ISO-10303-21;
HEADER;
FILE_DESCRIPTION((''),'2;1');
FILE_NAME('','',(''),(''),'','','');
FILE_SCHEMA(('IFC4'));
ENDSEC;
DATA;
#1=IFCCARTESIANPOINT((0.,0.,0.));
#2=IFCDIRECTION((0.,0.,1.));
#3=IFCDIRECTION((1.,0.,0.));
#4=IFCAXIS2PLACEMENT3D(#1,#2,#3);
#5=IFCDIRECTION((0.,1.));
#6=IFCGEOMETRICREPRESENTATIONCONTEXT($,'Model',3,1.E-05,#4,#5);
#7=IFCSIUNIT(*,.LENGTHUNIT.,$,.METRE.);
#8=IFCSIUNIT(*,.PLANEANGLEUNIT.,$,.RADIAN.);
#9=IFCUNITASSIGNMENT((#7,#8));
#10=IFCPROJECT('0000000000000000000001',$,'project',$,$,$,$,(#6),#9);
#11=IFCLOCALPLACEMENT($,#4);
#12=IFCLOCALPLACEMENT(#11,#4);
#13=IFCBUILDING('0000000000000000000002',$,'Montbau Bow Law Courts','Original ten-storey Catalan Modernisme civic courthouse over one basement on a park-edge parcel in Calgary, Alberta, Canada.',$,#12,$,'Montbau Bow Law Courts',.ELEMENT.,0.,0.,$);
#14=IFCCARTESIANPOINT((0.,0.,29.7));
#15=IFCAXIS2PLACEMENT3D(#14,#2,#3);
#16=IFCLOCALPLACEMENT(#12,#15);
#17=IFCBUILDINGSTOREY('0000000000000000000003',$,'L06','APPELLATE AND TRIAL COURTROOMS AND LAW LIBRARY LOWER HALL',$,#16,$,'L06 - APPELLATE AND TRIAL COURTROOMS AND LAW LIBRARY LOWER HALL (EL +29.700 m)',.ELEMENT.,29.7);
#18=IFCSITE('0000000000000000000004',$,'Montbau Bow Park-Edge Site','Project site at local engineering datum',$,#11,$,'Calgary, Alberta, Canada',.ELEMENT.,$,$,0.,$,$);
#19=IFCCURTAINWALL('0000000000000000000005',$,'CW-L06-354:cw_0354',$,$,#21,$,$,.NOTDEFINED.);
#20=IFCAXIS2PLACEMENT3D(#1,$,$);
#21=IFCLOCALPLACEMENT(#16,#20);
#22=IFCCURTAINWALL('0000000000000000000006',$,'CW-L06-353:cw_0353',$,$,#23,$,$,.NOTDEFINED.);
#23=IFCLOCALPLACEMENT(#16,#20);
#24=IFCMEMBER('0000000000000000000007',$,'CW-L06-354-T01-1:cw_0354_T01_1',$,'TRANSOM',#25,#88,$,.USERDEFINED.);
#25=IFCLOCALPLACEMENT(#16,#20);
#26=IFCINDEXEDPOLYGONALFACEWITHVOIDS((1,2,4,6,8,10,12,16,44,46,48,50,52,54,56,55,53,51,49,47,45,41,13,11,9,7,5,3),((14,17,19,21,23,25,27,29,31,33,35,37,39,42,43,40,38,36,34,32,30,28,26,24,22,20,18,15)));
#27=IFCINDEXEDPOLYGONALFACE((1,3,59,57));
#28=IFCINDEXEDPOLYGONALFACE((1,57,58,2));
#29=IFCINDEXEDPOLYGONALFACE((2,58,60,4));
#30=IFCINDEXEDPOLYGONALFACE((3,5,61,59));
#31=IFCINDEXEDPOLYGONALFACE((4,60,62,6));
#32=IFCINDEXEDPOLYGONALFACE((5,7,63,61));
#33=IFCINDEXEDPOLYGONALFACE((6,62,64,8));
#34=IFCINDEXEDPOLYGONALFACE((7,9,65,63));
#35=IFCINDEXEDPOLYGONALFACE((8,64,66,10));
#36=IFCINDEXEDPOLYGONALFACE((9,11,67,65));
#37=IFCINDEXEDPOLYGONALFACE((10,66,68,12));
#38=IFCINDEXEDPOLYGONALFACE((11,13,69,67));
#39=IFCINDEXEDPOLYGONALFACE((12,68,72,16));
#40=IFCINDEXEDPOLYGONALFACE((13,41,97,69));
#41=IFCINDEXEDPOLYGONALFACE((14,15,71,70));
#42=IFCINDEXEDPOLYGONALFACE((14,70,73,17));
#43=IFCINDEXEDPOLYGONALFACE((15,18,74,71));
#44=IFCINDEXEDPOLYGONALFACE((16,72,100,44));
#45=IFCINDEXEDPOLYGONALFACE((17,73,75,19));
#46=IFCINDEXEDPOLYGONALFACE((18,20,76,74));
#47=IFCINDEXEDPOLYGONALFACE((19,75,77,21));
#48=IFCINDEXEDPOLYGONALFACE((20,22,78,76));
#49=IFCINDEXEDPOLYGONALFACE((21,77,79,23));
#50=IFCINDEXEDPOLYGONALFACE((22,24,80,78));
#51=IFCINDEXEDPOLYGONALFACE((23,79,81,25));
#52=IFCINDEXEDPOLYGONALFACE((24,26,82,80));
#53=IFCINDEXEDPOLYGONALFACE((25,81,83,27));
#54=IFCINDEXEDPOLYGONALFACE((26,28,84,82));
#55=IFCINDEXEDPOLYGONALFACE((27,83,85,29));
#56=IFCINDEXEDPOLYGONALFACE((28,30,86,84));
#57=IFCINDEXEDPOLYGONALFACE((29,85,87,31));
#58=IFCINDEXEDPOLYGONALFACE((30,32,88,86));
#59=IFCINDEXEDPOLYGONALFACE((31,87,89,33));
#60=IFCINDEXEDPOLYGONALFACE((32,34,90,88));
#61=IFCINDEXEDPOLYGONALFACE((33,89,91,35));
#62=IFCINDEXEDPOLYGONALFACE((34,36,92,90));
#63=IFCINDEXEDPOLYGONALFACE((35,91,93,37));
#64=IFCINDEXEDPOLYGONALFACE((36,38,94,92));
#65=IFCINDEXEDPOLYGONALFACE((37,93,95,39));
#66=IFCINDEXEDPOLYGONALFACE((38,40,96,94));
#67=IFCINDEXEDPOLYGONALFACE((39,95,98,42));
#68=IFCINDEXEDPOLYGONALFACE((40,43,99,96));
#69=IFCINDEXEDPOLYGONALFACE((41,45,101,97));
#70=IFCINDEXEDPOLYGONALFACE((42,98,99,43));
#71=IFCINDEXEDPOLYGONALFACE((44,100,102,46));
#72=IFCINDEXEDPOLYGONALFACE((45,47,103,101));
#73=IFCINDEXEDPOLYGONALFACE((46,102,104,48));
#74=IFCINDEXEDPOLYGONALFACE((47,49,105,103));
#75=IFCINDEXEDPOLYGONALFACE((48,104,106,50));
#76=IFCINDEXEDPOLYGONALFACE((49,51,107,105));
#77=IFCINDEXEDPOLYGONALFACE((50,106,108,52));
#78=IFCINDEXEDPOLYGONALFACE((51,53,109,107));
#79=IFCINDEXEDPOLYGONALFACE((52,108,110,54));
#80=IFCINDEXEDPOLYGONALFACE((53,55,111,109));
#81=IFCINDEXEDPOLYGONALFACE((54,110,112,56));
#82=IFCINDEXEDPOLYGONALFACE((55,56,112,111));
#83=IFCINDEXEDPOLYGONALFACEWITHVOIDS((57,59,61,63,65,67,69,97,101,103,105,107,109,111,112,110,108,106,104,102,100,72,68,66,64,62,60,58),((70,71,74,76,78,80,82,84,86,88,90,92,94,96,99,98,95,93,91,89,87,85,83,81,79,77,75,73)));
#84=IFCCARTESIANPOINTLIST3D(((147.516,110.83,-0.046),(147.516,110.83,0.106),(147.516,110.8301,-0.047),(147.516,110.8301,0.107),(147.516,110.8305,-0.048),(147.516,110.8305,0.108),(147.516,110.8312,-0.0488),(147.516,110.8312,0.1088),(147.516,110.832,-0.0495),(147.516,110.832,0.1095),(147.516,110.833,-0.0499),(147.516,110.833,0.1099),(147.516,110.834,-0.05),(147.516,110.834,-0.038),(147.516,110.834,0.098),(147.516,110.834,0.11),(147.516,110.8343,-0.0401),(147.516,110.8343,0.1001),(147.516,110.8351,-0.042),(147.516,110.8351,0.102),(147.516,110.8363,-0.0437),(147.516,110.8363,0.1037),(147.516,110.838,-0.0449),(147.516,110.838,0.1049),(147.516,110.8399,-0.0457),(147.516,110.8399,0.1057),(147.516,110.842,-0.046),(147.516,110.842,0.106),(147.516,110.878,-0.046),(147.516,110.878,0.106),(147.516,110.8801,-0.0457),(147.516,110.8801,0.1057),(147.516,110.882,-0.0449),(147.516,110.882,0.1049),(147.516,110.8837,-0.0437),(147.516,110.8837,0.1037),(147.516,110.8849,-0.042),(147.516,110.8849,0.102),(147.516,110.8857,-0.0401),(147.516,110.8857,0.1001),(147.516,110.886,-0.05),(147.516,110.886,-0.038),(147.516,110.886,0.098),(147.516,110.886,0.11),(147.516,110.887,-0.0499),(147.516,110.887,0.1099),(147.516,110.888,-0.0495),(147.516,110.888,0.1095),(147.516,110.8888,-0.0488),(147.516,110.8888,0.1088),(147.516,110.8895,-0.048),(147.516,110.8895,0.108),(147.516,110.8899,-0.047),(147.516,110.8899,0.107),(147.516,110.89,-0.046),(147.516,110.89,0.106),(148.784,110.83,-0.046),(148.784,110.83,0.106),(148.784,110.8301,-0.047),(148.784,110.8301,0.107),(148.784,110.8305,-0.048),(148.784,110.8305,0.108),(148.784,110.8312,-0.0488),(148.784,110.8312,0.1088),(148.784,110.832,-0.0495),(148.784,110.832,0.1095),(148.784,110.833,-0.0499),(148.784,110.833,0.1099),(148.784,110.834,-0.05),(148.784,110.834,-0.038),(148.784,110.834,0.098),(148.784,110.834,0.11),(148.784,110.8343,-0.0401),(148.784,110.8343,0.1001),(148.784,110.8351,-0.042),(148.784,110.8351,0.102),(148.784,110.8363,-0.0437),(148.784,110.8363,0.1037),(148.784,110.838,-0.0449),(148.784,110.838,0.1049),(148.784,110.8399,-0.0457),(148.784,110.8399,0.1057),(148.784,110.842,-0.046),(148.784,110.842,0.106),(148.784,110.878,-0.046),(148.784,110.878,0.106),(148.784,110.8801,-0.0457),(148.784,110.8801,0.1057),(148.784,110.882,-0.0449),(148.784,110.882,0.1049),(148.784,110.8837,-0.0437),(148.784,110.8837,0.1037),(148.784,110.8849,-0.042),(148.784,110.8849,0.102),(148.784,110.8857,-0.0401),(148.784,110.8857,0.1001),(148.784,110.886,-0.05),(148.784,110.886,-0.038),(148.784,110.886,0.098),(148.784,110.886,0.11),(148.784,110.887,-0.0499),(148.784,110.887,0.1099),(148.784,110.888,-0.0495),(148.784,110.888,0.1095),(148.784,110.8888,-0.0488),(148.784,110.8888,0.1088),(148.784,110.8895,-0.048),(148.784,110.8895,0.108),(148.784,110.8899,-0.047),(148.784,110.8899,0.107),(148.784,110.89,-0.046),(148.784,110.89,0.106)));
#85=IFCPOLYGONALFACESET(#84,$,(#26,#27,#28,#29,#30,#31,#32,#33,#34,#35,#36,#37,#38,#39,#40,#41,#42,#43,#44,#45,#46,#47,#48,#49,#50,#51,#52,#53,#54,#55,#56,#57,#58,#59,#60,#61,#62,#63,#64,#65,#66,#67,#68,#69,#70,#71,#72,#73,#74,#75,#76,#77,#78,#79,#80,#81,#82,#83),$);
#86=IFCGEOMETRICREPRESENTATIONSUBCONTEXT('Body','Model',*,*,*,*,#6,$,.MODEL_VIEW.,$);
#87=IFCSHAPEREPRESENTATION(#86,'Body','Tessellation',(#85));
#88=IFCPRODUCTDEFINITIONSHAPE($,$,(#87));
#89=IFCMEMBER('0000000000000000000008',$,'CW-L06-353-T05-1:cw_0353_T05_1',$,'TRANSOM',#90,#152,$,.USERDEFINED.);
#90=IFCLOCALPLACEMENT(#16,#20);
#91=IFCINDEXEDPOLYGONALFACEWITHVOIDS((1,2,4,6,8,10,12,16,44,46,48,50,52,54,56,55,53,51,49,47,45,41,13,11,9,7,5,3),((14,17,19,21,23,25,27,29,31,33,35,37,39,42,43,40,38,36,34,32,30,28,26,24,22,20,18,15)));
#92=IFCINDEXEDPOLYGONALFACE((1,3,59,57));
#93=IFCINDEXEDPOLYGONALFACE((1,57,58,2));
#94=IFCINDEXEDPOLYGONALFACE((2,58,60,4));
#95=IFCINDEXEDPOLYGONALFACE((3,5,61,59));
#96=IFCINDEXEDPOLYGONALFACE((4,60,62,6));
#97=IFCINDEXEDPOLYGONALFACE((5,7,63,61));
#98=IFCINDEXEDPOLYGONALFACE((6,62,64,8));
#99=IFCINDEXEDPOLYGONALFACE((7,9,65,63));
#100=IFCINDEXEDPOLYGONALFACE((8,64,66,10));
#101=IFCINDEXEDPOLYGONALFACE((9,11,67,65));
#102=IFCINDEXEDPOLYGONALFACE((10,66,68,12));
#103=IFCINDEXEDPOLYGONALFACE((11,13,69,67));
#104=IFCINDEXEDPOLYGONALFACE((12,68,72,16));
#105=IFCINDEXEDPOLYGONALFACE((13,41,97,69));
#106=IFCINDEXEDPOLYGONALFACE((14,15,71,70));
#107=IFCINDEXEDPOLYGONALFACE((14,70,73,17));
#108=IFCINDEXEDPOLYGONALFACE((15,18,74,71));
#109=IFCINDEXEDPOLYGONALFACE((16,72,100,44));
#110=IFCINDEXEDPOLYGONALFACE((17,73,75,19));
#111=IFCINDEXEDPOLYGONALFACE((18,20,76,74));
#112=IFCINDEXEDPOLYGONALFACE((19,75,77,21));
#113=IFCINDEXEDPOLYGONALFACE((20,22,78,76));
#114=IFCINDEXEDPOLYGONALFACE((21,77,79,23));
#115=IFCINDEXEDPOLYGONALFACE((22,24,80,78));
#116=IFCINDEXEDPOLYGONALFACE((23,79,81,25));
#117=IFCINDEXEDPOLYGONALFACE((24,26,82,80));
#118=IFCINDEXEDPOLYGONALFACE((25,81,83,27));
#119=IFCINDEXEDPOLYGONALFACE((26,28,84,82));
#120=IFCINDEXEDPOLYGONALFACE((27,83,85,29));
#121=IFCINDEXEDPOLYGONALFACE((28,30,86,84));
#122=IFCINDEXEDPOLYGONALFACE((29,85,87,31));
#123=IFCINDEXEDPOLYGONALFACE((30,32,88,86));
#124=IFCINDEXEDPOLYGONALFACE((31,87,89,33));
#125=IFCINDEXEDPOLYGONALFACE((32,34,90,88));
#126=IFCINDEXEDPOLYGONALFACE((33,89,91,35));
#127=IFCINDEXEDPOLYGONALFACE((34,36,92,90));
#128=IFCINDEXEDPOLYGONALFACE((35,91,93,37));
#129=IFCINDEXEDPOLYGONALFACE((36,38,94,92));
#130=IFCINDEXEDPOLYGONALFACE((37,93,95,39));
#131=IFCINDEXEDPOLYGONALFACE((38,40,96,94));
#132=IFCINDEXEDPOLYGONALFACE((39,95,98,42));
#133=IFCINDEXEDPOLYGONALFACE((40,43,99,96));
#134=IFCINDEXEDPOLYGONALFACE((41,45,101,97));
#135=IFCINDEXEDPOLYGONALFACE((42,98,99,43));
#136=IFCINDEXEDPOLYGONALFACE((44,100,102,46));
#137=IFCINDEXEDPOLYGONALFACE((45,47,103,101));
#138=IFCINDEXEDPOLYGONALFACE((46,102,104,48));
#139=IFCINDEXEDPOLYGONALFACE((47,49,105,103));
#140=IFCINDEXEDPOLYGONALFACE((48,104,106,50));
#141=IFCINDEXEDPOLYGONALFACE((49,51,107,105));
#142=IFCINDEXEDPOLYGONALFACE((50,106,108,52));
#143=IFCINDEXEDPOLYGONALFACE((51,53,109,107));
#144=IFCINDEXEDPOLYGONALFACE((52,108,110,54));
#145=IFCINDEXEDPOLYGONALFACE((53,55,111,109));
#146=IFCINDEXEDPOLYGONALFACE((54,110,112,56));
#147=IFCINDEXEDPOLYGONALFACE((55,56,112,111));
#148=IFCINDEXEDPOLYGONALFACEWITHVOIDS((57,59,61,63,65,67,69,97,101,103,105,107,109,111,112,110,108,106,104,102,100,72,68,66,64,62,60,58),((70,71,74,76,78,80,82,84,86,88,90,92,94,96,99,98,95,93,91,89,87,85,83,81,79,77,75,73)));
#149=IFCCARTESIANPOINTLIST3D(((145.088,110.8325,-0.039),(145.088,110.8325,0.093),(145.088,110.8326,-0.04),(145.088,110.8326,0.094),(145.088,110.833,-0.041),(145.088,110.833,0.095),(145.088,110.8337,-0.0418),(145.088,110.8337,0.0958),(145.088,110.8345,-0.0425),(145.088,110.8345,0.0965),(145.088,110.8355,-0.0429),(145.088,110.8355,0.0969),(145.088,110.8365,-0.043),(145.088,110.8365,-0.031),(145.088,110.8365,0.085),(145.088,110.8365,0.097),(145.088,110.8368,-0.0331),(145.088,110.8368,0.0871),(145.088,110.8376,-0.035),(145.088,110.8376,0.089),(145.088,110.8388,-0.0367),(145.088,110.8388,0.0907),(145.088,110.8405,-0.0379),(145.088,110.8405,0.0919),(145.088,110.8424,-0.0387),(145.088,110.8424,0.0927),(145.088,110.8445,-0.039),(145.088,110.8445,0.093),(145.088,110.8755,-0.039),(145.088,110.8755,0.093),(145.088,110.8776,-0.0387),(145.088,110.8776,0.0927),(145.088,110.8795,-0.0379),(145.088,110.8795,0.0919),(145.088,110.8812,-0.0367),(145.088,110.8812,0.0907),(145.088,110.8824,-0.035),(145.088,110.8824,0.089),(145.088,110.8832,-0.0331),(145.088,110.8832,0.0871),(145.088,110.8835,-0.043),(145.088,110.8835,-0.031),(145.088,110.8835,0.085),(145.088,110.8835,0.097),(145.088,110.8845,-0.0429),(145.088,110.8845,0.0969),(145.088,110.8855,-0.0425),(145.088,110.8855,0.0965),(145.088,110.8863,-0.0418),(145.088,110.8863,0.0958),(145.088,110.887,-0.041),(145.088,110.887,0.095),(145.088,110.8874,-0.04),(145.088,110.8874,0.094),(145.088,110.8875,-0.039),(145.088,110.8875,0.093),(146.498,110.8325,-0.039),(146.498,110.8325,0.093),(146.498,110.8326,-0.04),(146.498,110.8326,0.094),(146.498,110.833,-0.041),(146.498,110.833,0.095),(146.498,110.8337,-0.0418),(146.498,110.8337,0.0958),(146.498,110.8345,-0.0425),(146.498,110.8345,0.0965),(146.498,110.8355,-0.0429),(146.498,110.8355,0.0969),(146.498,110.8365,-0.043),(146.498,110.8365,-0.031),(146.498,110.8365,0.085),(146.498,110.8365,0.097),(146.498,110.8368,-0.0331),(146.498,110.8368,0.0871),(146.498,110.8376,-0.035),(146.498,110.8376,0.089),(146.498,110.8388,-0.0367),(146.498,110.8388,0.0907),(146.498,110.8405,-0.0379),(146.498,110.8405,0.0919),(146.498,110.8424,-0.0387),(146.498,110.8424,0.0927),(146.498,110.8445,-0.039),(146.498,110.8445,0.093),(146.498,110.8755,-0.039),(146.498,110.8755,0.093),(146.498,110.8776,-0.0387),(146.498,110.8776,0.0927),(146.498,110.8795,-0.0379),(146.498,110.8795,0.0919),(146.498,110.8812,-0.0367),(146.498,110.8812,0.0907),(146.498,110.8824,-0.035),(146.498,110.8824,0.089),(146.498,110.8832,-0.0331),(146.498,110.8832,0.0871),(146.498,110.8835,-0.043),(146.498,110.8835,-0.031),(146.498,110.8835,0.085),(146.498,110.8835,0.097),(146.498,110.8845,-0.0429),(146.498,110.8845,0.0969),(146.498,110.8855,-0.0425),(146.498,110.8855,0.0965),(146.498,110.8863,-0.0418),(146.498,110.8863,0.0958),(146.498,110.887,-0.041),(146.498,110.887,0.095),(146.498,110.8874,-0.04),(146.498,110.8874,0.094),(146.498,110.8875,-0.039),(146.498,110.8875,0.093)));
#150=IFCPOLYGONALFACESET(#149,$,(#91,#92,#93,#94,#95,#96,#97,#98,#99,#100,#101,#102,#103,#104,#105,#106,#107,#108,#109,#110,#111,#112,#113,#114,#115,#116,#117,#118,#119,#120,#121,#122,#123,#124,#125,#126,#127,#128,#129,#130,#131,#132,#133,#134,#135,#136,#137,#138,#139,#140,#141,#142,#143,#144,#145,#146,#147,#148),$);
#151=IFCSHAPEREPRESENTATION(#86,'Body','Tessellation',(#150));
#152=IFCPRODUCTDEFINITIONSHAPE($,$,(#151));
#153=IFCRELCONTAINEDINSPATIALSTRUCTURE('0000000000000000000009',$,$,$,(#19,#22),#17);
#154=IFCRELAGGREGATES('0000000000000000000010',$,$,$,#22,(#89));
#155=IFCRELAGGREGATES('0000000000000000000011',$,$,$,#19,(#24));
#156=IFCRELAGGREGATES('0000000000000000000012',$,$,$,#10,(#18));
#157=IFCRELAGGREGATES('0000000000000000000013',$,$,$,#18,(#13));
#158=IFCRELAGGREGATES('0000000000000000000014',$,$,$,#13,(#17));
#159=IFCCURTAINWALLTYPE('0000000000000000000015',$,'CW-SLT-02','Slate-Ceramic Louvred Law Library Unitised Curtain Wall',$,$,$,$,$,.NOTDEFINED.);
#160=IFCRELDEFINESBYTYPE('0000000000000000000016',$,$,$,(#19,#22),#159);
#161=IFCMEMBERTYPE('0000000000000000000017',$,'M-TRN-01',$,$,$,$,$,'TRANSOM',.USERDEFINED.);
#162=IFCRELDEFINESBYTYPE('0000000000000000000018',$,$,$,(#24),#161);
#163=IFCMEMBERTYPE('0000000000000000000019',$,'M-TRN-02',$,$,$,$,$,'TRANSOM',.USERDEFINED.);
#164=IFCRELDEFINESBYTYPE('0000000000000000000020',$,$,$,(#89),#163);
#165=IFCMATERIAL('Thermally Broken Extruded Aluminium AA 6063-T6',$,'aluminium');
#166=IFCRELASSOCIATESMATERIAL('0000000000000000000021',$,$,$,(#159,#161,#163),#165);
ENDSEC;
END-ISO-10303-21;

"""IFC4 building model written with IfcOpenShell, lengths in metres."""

from ifc_helpers import new_model, si_unit, direction, frame, origin_with_axes, origin_2d_with_axis, place, context, subcontext, project, spatial, hollow_rectangle, extrude, material, material_profile, profile_set, type_object, element, aggregate, save


model = new_model("IFC4")

# Units and contexts
model_context = context("Model", 3, precision=1e-05, world=origin_with_axes(), true_north=direction((0.0, 1.0)))
body_context = subcontext(model_context, "Body", "Model", "MODEL_VIEW")
ifc_project = project(units=[si_unit("LENGTHUNIT", "METRE"), si_unit("PLANEANGLEUNIT", "RADIAN")], contexts=[model_context])

# Site, building, storey
site_placement = place(None, origin_with_axes())
site = spatial("IfcSite", under=ifc_project, at=site_placement, Name="Montbau Bow Park-Edge Site", Description="Project site at local engineering datum", LongName="Calgary, Alberta, Canada", CompositionType="ELEMENT", RefElevation=0.0)
building_placement = place(site_placement, origin_with_axes())
building = spatial("IfcBuilding", under=site, at=building_placement, Name="Montbau Bow Law Courts", Description="Original ten-storey Catalan Modernisme civic courthouse over one basement on a park-edge parcel in Calgary, Alberta, Canada.", LongName="Montbau Bow Law Courts", CompositionType="ELEMENT", ElevationOfRefHeight=0.0, ElevationOfTerrain=0.0)
storey_placement = place(building_placement, frame((0.0, 0.0, 29.7), z_axis=(0.0, 0.0, 1.0), x_axis=(1.0, 0.0, 0.0)))
storey = spatial("IfcBuildingStorey", under=building, at=storey_placement, Name="L06", Description="APPELLATE AND TRIAL COURTROOMS AND LAW LIBRARY LOWER HALL", LongName="L06 - APPELLATE AND TRIAL COURTROOMS AND LAW LIBRARY LOWER HALL (EL +29.700 m)", CompositionType="ELEMENT", Elevation=29.7)

# Curtain walls
ifc_material_1 = material(Name="Thermally Broken Extruded Aluminium AA 6063-T6", Category="aluminium")
curtain_wall_type = type_object("IfcCurtainWallType", Name="CW-SLT-02", Description="Slate-Ceramic Louvred Law Library Unitised Curtain Wall", PredefinedType="NOTDEFINED", material=ifc_material_1)
curtain_wall_1_placement = place(None, frame((147.44, 110.86, 29.7), z_axis=(0.0, 0.0, 1.0), x_axis=(1.0, 0.0, 0.0)))
curtain_wall_1 = element("IfcCurtainWall", 1, at=curtain_wall_1_placement, inside=storey, type_object=curtain_wall_type, Name="CW-L06-354:cw_0354", PredefinedType="NOTDEFINED")
curtain_wall_2_placement = place(None, frame((139.04, 110.86, 29.7), z_axis=(0.0, 0.0, 1.0), x_axis=(1.0, 0.0, 0.0)))
curtain_wall_2 = element("IfcCurtainWall", 2, at=curtain_wall_2_placement, inside=storey, type_object=curtain_wall_type, Name="CW-L06-353:cw_0353", PredefinedType="NOTDEFINED")

# Members
ifc_material_profile_1 = material_profile(ifc_material_1, hollow_rectangle(XDim=0.06, YDim=0.16, WallThickness=0.004, InnerFilletRadius=0.008, OuterFilletRadius=0.004, at=origin_2d_with_axis()), Name="CWT-160X60", Category="Main", Priority=0)
ifc_profile_set_1 = profile_set([ifc_material_profile_1], Name="Thermally Broken Extruded Aluminium AA 6063-T6")
member_type_1 = type_object("IfcMemberType", Name="M-TRN-01", ElementType="TRANSOM", PredefinedType="USERDEFINED", material=ifc_profile_set_1)
member_1_placement = place(None, frame((147.516, 110.86, 29.73), z_axis=(1.0, 0.0, 0.0), x_axis=(0.0, 1.0, 0.0)))
member_1 = element("IfcMember", 3, at=member_1_placement, type_object=member_type_1, Name="CW-L06-354-T01-1:cw_0354_T01_1", ObjectType="TRANSOM", PredefinedType="USERDEFINED", context=body_context, shape_type="SweptSolid", body=[
    extrude(hollow_rectangle(XDim=0.06, YDim=0.16, WallThickness=0.004, InnerFilletRadius=0.008, OuterFilletRadius=0.004, at=origin_2d_with_axis()), origin_with_axes(), (0.0, 0.0, 1.0), 1.268),
])
ifc_material_profile_2 = material_profile(ifc_material_1, hollow_rectangle(XDim=0.055, YDim=0.14, WallThickness=0.004, InnerFilletRadius=0.008, OuterFilletRadius=0.004, at=origin_2d_with_axis()), Name="CWT-140X55", Category="Main", Priority=0)
ifc_profile_set_2 = profile_set([ifc_material_profile_2], Name="Thermally Broken Extruded Aluminium AA 6063-T6")
member_type_2 = type_object("IfcMemberType", Name="M-TRN-02", ElementType="TRANSOM", PredefinedType="USERDEFINED", material=ifc_profile_set_2)
member_2_placement = place(None, frame((145.088, 110.86, 29.727), z_axis=(1.0, 0.0, 0.0), x_axis=(0.0, 1.0, 0.0)))
member_2 = element("IfcMember", 4, at=member_2_placement, type_object=member_type_2, Name="CW-L06-353-T05-1:cw_0353_T05_1", ObjectType="TRANSOM", PredefinedType="USERDEFINED", context=body_context, shape_type="SweptSolid", body=[
    extrude(hollow_rectangle(XDim=0.055, YDim=0.14, WallThickness=0.004, InnerFilletRadius=0.008, OuterFilletRadius=0.004, at=origin_2d_with_axis()), origin_with_axes(), (0.0, 0.0, 1.0), 1.41),
])

aggregate(curtain_wall_2, [member_2])
aggregate(curtain_wall_1, [member_1])

save(model, "model.ifc")
